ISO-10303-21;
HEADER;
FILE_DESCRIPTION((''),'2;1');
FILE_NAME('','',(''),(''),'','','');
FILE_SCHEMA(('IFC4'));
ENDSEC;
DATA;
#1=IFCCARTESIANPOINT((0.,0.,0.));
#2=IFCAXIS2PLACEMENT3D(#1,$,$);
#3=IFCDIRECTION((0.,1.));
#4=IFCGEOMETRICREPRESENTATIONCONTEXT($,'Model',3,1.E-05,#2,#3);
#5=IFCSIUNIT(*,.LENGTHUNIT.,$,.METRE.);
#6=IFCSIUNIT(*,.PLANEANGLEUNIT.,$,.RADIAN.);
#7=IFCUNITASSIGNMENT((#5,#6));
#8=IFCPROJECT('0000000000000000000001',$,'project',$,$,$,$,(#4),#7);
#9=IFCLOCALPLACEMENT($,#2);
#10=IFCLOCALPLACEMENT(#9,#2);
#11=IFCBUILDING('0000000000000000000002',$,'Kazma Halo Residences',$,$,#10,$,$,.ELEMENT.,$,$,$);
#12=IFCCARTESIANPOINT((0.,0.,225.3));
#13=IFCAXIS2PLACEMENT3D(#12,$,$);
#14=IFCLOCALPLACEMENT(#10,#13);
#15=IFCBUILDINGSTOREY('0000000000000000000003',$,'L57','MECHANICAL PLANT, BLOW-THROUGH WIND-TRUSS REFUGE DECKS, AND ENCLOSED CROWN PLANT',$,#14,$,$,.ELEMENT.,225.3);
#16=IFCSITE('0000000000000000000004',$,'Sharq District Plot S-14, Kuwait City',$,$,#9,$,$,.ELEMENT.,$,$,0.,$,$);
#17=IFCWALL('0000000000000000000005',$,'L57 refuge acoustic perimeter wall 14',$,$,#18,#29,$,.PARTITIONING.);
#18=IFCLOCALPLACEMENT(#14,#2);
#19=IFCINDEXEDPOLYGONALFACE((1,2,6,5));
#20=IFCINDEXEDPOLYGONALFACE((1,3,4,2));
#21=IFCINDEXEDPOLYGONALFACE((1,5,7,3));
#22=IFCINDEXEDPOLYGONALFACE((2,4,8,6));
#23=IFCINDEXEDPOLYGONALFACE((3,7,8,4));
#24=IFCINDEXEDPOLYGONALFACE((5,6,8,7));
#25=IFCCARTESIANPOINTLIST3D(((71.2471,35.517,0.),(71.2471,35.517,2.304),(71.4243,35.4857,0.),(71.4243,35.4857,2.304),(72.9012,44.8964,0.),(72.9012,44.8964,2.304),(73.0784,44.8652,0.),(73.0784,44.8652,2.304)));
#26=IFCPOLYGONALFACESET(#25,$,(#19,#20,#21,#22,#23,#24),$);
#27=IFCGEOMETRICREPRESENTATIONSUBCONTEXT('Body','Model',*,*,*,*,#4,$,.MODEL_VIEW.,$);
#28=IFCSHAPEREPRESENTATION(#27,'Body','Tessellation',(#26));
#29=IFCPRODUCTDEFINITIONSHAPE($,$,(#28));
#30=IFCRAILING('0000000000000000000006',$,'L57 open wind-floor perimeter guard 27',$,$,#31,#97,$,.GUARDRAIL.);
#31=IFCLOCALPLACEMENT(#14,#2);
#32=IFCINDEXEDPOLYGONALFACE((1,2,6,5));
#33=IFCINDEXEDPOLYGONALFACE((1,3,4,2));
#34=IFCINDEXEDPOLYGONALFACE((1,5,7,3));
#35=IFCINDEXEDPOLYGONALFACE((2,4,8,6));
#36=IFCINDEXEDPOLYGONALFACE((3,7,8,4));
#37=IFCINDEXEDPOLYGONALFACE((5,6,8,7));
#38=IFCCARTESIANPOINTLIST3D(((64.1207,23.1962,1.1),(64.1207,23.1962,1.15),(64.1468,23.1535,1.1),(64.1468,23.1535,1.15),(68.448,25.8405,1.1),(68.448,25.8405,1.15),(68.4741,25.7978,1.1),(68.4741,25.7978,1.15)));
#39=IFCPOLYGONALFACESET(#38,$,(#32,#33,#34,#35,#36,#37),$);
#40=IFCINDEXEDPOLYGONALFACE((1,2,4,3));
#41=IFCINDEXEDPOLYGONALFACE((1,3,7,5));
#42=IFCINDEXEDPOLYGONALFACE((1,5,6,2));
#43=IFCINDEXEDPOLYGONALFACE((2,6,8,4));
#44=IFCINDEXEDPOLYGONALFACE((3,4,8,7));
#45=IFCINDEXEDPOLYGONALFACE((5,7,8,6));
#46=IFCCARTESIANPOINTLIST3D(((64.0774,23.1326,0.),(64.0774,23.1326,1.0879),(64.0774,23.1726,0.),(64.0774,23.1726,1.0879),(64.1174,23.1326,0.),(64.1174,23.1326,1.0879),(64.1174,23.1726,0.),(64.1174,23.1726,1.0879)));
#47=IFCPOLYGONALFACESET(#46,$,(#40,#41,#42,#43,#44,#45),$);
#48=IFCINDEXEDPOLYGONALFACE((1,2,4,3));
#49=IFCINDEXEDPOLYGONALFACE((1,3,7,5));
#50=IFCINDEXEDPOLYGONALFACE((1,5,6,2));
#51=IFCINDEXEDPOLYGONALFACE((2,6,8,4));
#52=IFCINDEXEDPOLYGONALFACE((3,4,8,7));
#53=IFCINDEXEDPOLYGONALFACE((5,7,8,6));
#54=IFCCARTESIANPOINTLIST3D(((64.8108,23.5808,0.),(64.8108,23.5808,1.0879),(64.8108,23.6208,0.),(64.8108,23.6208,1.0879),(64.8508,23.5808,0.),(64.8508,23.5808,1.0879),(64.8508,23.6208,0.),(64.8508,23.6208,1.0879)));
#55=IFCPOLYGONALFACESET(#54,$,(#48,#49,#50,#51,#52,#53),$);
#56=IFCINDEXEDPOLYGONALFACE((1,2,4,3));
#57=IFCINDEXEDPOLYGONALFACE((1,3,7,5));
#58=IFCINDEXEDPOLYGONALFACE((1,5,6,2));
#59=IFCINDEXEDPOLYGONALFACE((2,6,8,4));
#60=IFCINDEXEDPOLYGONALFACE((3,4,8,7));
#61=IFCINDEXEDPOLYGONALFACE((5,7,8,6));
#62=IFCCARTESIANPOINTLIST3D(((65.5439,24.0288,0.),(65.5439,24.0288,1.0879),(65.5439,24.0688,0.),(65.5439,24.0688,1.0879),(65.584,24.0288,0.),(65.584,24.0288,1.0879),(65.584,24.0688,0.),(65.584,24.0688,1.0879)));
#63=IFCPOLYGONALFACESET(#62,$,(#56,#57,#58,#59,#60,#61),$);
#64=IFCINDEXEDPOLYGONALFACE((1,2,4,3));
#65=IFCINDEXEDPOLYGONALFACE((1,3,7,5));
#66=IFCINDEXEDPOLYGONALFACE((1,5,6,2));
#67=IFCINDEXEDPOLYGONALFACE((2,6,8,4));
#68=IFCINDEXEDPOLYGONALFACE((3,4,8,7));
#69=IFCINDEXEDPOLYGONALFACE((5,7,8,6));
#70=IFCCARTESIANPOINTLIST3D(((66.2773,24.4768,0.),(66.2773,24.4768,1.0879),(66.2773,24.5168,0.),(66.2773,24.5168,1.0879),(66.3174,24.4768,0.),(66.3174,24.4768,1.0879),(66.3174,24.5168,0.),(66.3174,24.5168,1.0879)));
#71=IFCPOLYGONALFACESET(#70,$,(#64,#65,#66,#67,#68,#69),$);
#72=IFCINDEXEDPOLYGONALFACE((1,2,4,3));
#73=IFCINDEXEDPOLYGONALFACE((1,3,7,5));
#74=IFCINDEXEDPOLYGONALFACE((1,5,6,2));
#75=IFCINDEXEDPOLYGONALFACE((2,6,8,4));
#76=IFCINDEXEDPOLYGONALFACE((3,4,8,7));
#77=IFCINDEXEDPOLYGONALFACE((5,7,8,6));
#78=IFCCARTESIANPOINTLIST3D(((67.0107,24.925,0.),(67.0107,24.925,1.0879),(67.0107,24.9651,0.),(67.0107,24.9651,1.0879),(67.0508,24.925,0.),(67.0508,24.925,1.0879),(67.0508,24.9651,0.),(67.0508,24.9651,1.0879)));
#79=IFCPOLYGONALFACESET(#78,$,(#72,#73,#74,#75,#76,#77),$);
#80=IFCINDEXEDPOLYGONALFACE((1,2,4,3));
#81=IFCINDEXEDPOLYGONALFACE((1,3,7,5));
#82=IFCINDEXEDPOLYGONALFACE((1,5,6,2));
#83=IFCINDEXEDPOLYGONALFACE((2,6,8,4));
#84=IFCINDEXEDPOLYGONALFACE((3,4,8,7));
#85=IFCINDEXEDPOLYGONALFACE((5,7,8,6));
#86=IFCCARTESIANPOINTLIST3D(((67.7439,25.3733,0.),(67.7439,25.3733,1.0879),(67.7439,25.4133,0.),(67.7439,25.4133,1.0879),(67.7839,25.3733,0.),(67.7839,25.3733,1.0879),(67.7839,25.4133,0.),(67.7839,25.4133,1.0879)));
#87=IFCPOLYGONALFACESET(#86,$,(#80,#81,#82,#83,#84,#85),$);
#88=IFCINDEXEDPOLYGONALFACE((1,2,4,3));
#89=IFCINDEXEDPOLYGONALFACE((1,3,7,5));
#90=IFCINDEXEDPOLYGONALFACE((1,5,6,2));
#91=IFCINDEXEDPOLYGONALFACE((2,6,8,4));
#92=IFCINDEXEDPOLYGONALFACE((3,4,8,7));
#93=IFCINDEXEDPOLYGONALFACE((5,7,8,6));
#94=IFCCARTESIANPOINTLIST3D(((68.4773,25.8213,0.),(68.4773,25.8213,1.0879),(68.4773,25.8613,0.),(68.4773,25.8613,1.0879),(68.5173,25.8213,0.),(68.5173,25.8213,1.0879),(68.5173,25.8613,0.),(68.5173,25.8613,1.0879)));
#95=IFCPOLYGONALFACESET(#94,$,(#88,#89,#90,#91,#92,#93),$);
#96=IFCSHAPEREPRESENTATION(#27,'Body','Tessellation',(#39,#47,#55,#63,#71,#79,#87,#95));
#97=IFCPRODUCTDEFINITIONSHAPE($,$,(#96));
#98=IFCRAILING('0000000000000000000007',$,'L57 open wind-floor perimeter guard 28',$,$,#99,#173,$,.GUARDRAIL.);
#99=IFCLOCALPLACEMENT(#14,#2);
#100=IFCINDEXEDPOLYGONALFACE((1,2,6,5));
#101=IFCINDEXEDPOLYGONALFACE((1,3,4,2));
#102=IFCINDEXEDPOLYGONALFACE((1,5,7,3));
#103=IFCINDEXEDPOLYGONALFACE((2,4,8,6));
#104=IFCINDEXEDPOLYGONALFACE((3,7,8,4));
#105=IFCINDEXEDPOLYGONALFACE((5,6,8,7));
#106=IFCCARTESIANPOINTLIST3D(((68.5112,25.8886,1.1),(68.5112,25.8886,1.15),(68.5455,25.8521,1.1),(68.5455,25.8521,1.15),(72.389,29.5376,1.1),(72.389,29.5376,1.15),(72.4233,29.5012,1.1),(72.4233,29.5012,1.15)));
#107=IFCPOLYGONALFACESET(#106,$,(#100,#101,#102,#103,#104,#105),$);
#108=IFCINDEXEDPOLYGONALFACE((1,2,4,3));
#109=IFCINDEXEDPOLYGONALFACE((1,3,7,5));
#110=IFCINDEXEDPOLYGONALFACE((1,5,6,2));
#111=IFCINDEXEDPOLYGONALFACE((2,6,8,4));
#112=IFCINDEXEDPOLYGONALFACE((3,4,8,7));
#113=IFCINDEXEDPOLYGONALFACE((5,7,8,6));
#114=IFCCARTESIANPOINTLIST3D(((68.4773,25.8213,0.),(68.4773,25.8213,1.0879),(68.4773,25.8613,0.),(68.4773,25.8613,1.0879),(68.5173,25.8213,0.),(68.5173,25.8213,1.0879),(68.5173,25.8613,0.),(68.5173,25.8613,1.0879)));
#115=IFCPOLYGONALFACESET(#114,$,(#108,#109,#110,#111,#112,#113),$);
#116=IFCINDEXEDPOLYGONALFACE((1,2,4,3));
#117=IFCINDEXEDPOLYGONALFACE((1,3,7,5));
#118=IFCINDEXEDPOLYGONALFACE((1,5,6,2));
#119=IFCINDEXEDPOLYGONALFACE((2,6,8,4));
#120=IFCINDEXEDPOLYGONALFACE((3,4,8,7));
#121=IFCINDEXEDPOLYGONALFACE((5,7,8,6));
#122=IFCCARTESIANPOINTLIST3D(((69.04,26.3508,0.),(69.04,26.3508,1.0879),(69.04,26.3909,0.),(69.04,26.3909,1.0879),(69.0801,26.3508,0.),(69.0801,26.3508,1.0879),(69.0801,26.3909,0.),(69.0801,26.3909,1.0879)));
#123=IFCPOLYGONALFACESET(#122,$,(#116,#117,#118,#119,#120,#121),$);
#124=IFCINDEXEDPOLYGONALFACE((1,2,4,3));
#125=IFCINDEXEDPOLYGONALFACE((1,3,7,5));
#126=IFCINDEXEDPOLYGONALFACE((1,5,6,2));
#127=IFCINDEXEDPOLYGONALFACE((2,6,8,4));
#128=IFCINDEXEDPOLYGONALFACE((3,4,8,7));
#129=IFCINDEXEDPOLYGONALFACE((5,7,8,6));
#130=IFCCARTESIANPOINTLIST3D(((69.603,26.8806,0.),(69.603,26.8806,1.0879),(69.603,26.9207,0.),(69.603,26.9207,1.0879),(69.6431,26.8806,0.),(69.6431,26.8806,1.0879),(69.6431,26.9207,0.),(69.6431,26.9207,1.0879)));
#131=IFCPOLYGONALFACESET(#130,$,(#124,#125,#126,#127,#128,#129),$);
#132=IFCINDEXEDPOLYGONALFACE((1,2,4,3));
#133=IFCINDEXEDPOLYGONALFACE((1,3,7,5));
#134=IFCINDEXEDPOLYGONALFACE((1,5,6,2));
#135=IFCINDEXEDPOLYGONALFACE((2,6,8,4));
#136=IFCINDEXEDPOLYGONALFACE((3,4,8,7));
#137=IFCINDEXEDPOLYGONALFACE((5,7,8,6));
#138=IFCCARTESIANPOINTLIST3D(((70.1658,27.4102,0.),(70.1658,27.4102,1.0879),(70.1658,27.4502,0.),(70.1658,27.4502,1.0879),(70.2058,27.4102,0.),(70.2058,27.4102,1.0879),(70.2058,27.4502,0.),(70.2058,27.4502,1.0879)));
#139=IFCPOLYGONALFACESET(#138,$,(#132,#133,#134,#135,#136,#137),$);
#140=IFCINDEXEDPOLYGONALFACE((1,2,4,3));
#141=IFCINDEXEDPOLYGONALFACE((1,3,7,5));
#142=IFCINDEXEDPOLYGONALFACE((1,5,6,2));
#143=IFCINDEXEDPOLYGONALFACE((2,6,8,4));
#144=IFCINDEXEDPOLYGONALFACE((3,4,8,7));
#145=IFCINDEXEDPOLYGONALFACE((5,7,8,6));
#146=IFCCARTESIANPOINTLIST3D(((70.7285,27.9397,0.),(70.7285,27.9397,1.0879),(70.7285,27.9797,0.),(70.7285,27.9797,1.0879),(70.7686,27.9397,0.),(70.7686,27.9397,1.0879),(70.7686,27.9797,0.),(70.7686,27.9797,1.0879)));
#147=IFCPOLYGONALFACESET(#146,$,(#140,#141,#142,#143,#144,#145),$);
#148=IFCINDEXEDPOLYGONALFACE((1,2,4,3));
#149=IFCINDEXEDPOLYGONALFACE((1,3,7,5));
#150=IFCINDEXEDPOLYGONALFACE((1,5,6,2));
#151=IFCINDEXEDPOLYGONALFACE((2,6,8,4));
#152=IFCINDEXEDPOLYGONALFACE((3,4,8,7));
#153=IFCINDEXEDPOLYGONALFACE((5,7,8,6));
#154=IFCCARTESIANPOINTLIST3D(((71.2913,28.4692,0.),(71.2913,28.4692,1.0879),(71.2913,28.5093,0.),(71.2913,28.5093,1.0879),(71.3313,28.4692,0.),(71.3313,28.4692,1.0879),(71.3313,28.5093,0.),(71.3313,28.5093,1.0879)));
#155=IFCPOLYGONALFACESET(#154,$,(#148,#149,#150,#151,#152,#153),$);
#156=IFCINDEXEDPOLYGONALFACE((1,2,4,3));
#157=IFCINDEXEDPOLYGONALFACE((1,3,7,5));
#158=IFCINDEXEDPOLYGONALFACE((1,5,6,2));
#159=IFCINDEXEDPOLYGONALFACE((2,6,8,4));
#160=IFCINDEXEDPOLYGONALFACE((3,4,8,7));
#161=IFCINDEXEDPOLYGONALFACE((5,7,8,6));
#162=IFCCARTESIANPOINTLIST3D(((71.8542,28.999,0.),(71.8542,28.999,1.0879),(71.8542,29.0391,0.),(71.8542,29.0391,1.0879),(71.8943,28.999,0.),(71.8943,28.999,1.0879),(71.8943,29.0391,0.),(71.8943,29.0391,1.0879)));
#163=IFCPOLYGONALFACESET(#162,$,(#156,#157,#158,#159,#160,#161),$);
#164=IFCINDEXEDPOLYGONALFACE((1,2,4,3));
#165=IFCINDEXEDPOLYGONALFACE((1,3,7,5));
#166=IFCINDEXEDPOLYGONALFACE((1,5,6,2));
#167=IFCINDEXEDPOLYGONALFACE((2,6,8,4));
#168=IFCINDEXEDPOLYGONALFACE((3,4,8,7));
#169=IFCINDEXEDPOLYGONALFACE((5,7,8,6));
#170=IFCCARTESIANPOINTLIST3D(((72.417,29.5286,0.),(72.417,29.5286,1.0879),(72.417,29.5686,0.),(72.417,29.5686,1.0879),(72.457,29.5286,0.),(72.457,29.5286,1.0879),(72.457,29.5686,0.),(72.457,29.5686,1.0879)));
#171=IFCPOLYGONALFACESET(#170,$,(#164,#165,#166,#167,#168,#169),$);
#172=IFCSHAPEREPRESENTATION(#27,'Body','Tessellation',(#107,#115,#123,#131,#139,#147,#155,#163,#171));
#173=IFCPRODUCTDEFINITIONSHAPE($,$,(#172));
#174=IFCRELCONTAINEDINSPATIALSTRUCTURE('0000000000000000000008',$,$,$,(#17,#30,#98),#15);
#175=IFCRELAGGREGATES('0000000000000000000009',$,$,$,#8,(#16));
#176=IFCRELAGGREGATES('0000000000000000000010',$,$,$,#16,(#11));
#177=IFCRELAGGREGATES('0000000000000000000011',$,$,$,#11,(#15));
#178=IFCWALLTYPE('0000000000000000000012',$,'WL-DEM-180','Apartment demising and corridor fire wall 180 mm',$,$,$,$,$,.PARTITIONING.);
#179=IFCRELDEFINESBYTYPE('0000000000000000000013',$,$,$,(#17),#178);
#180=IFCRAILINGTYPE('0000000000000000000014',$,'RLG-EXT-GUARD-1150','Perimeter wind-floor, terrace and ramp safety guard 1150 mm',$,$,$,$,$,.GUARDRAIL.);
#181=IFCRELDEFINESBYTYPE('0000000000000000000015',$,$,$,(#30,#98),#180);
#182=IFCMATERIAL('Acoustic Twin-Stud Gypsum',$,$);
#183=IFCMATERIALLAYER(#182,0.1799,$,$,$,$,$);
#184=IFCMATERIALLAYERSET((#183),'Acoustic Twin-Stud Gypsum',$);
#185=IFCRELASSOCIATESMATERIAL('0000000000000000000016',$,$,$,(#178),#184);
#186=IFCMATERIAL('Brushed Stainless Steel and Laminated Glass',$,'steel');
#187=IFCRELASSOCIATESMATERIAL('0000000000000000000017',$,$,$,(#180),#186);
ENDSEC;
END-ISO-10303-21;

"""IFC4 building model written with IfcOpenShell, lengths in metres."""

from ifc_helpers import new_model, si_unit, direction, frame, frame_2d, origin, origin_2d, place, context, subcontext, project, spatial, rectangle, extrude, material, layer, layer_set, type_object, element, save


model = new_model("IFC4")

# Units and contexts
model_context = context("Model", 3, precision=1e-05, world=origin(), true_north=direction((0.0, 1.0)))
body_context = subcontext(model_context, "Body", "Model", "MODEL_VIEW")
ifc_project = project(units=[si_unit("LENGTHUNIT", "METRE"), si_unit("PLANEANGLEUNIT", "RADIAN")], contexts=[model_context])

# Site, building, storey
site_placement = place(None, origin())
site = spatial("IfcSite", under=ifc_project, at=site_placement, Name="Sharq District Plot S-14, Kuwait City", CompositionType="ELEMENT", RefElevation=0.0)
building_placement = place(site_placement, origin())
building = spatial("IfcBuilding", under=site, at=building_placement, Name="Kazma Halo Residences", CompositionType="ELEMENT")
storey_placement = place(building_placement, frame((0.0, 0.0, 225.3)))
storey = spatial("IfcBuildingStorey", under=building, at=storey_placement, Name="L57", Description="MECHANICAL PLANT, BLOW-THROUGH WIND-TRUSS REFUGE DECKS, AND ENCLOSED CROWN PLANT", CompositionType="ELEMENT", Elevation=225.3)

# Wall
ifc_material_1 = material(Name="Acoustic Twin-Stud Gypsum")
ifc_layer_1 = layer(ifc_material_1, 0.1799)
ifc_layer_set_1 = layer_set([ifc_layer_1], Name="Acoustic Twin-Stud Gypsum")
wall_type = type_object("IfcWallType", Name="WL-DEM-180", Description="Apartment demising and corridor fire wall 180 mm", PredefinedType="PARTITIONING", material=ifc_layer_set_1)
wall_1_placement = place(storey_placement, frame((71.3357, 35.5012, 0.0), z_axis=(0.0, 0.0, 1.0), x_axis=(0.17367, 0.984804, 0.0)))
element("IfcWall", 1, at=wall_1_placement, inside=storey, type_object=wall_type, Name="L57 refuge acoustic perimeter wall 14", PredefinedType="PARTITIONING", context=body_context, shape_type="SweptSolid", body=[
    extrude(rectangle(XDim=9.5242, YDim=0.1799, at=frame_2d((4.7622, 0.0))), origin(), (0.0, 0.0, 1.0), 2.304),
])

# Railings
ifc_material_2 = material(Name="Brushed Stainless Steel and Laminated Glass", Category="steel")
railing_type = type_object("IfcRailingType", Name="RLG-EXT-GUARD-1150", Description="Perimeter wind-floor, terrace and ramp safety guard 1150 mm", PredefinedType="GUARDRAIL", material=ifc_material_2)
railing_1_placement = place(storey_placement, frame((64.0974, 23.1526, 0.0)))
element("IfcRailing", 2, at=railing_1_placement, inside=storey, type_object=railing_type, Name="L57 open wind-floor perimeter guard 27", PredefinedType="GUARDRAIL", context=body_context, shape_type="SweptSolid", body=[
    extrude(rectangle(XDim=0.05, YDim=0.05, at=origin_2d()), frame((0.0364, 0.0222, 1.125), z_axis=(0.853291, 0.521435, 0.0), x_axis=(-0.521435, 0.853291, 0.0)), (0.0, 0.0, 1.0), 5.0713),
    extrude(rectangle(XDim=0.04, YDim=0.04, at=origin_2d()), origin(), (0.0, 0.0, 1.0), 1.0879),
    extrude(rectangle(XDim=0.04, YDim=0.04, at=origin_2d()), frame((0.7334, 0.4482, 0.0)), (0.0, 0.0, 1.0), 1.0879),
    extrude(rectangle(XDim=0.04, YDim=0.04, at=origin_2d()), frame((1.4666, 0.8962, 0.0)), (0.0, 0.0, 1.0), 1.0879),
    extrude(rectangle(XDim=0.04, YDim=0.04, at=origin_2d()), frame((2.2, 1.3442, 0.0)), (0.0, 0.0, 1.0), 1.0879),
    extrude(rectangle(XDim=0.04, YDim=0.04, at=origin_2d()), frame((2.9333, 1.7925, 0.0)), (0.0, 0.0, 1.0), 1.0879),
    extrude(rectangle(XDim=0.04, YDim=0.04, at=origin_2d()), frame((3.6665, 2.2407, 0.0)), (0.0, 0.0, 1.0), 1.0879),
    extrude(rectangle(XDim=0.04, YDim=0.04, at=origin_2d()), frame((4.3999, 2.6887, 0.0)), (0.0, 0.0, 1.0), 1.0879),
])
railing_2_placement = place(storey_placement, frame((68.4973, 25.8413, 0.0)))
element("IfcRailing", 3, at=railing_2_placement, inside=storey, type_object=railing_type, Name="L57 open wind-floor perimeter guard 28", PredefinedType="GUARDRAIL", context=body_context, shape_type="SweptSolid", body=[
    extrude(rectangle(XDim=0.05, YDim=0.05, at=origin_2d()), frame((0.031, 0.0291, 1.125), z_axis=(0.728262, 0.685299, 0.0), x_axis=(-0.685299, 0.728262, 0.0)), (0.0, 0.0, 1.0), 5.3247),
    extrude(rectangle(XDim=0.04, YDim=0.04, at=origin_2d()), origin(), (0.0, 0.0, 1.0), 1.0879),
    extrude(rectangle(XDim=0.04, YDim=0.04, at=origin_2d()), frame((0.5627, 0.5295, 0.0)), (0.0, 0.0, 1.0), 1.0879),
    extrude(rectangle(XDim=0.04, YDim=0.04, at=origin_2d()), frame((1.1257, 1.0593, 0.0)), (0.0, 0.0, 1.0), 1.0879),
    extrude(rectangle(XDim=0.04, YDim=0.04, at=origin_2d()), frame((1.6885, 1.5889, 0.0)), (0.0, 0.0, 1.0), 1.0879),
    extrude(rectangle(XDim=0.04, YDim=0.04, at=origin_2d()), frame((2.2512, 2.1184, 0.0)), (0.0, 0.0, 1.0), 1.0879),
    extrude(rectangle(XDim=0.04, YDim=0.04, at=origin_2d()), frame((2.814, 2.6479, 0.0)), (0.0, 0.0, 1.0), 1.0879),
    extrude(rectangle(XDim=0.04, YDim=0.04, at=origin_2d()), frame((3.377, 3.1777, 0.0)), (0.0, 0.0, 1.0), 1.0879),
    extrude(rectangle(XDim=0.04, YDim=0.04, at=origin_2d()), frame((3.9397, 3.7073, 0.0)), (0.0, 0.0, 1.0), 1.0879),
])

save(model, "model.ifc")
